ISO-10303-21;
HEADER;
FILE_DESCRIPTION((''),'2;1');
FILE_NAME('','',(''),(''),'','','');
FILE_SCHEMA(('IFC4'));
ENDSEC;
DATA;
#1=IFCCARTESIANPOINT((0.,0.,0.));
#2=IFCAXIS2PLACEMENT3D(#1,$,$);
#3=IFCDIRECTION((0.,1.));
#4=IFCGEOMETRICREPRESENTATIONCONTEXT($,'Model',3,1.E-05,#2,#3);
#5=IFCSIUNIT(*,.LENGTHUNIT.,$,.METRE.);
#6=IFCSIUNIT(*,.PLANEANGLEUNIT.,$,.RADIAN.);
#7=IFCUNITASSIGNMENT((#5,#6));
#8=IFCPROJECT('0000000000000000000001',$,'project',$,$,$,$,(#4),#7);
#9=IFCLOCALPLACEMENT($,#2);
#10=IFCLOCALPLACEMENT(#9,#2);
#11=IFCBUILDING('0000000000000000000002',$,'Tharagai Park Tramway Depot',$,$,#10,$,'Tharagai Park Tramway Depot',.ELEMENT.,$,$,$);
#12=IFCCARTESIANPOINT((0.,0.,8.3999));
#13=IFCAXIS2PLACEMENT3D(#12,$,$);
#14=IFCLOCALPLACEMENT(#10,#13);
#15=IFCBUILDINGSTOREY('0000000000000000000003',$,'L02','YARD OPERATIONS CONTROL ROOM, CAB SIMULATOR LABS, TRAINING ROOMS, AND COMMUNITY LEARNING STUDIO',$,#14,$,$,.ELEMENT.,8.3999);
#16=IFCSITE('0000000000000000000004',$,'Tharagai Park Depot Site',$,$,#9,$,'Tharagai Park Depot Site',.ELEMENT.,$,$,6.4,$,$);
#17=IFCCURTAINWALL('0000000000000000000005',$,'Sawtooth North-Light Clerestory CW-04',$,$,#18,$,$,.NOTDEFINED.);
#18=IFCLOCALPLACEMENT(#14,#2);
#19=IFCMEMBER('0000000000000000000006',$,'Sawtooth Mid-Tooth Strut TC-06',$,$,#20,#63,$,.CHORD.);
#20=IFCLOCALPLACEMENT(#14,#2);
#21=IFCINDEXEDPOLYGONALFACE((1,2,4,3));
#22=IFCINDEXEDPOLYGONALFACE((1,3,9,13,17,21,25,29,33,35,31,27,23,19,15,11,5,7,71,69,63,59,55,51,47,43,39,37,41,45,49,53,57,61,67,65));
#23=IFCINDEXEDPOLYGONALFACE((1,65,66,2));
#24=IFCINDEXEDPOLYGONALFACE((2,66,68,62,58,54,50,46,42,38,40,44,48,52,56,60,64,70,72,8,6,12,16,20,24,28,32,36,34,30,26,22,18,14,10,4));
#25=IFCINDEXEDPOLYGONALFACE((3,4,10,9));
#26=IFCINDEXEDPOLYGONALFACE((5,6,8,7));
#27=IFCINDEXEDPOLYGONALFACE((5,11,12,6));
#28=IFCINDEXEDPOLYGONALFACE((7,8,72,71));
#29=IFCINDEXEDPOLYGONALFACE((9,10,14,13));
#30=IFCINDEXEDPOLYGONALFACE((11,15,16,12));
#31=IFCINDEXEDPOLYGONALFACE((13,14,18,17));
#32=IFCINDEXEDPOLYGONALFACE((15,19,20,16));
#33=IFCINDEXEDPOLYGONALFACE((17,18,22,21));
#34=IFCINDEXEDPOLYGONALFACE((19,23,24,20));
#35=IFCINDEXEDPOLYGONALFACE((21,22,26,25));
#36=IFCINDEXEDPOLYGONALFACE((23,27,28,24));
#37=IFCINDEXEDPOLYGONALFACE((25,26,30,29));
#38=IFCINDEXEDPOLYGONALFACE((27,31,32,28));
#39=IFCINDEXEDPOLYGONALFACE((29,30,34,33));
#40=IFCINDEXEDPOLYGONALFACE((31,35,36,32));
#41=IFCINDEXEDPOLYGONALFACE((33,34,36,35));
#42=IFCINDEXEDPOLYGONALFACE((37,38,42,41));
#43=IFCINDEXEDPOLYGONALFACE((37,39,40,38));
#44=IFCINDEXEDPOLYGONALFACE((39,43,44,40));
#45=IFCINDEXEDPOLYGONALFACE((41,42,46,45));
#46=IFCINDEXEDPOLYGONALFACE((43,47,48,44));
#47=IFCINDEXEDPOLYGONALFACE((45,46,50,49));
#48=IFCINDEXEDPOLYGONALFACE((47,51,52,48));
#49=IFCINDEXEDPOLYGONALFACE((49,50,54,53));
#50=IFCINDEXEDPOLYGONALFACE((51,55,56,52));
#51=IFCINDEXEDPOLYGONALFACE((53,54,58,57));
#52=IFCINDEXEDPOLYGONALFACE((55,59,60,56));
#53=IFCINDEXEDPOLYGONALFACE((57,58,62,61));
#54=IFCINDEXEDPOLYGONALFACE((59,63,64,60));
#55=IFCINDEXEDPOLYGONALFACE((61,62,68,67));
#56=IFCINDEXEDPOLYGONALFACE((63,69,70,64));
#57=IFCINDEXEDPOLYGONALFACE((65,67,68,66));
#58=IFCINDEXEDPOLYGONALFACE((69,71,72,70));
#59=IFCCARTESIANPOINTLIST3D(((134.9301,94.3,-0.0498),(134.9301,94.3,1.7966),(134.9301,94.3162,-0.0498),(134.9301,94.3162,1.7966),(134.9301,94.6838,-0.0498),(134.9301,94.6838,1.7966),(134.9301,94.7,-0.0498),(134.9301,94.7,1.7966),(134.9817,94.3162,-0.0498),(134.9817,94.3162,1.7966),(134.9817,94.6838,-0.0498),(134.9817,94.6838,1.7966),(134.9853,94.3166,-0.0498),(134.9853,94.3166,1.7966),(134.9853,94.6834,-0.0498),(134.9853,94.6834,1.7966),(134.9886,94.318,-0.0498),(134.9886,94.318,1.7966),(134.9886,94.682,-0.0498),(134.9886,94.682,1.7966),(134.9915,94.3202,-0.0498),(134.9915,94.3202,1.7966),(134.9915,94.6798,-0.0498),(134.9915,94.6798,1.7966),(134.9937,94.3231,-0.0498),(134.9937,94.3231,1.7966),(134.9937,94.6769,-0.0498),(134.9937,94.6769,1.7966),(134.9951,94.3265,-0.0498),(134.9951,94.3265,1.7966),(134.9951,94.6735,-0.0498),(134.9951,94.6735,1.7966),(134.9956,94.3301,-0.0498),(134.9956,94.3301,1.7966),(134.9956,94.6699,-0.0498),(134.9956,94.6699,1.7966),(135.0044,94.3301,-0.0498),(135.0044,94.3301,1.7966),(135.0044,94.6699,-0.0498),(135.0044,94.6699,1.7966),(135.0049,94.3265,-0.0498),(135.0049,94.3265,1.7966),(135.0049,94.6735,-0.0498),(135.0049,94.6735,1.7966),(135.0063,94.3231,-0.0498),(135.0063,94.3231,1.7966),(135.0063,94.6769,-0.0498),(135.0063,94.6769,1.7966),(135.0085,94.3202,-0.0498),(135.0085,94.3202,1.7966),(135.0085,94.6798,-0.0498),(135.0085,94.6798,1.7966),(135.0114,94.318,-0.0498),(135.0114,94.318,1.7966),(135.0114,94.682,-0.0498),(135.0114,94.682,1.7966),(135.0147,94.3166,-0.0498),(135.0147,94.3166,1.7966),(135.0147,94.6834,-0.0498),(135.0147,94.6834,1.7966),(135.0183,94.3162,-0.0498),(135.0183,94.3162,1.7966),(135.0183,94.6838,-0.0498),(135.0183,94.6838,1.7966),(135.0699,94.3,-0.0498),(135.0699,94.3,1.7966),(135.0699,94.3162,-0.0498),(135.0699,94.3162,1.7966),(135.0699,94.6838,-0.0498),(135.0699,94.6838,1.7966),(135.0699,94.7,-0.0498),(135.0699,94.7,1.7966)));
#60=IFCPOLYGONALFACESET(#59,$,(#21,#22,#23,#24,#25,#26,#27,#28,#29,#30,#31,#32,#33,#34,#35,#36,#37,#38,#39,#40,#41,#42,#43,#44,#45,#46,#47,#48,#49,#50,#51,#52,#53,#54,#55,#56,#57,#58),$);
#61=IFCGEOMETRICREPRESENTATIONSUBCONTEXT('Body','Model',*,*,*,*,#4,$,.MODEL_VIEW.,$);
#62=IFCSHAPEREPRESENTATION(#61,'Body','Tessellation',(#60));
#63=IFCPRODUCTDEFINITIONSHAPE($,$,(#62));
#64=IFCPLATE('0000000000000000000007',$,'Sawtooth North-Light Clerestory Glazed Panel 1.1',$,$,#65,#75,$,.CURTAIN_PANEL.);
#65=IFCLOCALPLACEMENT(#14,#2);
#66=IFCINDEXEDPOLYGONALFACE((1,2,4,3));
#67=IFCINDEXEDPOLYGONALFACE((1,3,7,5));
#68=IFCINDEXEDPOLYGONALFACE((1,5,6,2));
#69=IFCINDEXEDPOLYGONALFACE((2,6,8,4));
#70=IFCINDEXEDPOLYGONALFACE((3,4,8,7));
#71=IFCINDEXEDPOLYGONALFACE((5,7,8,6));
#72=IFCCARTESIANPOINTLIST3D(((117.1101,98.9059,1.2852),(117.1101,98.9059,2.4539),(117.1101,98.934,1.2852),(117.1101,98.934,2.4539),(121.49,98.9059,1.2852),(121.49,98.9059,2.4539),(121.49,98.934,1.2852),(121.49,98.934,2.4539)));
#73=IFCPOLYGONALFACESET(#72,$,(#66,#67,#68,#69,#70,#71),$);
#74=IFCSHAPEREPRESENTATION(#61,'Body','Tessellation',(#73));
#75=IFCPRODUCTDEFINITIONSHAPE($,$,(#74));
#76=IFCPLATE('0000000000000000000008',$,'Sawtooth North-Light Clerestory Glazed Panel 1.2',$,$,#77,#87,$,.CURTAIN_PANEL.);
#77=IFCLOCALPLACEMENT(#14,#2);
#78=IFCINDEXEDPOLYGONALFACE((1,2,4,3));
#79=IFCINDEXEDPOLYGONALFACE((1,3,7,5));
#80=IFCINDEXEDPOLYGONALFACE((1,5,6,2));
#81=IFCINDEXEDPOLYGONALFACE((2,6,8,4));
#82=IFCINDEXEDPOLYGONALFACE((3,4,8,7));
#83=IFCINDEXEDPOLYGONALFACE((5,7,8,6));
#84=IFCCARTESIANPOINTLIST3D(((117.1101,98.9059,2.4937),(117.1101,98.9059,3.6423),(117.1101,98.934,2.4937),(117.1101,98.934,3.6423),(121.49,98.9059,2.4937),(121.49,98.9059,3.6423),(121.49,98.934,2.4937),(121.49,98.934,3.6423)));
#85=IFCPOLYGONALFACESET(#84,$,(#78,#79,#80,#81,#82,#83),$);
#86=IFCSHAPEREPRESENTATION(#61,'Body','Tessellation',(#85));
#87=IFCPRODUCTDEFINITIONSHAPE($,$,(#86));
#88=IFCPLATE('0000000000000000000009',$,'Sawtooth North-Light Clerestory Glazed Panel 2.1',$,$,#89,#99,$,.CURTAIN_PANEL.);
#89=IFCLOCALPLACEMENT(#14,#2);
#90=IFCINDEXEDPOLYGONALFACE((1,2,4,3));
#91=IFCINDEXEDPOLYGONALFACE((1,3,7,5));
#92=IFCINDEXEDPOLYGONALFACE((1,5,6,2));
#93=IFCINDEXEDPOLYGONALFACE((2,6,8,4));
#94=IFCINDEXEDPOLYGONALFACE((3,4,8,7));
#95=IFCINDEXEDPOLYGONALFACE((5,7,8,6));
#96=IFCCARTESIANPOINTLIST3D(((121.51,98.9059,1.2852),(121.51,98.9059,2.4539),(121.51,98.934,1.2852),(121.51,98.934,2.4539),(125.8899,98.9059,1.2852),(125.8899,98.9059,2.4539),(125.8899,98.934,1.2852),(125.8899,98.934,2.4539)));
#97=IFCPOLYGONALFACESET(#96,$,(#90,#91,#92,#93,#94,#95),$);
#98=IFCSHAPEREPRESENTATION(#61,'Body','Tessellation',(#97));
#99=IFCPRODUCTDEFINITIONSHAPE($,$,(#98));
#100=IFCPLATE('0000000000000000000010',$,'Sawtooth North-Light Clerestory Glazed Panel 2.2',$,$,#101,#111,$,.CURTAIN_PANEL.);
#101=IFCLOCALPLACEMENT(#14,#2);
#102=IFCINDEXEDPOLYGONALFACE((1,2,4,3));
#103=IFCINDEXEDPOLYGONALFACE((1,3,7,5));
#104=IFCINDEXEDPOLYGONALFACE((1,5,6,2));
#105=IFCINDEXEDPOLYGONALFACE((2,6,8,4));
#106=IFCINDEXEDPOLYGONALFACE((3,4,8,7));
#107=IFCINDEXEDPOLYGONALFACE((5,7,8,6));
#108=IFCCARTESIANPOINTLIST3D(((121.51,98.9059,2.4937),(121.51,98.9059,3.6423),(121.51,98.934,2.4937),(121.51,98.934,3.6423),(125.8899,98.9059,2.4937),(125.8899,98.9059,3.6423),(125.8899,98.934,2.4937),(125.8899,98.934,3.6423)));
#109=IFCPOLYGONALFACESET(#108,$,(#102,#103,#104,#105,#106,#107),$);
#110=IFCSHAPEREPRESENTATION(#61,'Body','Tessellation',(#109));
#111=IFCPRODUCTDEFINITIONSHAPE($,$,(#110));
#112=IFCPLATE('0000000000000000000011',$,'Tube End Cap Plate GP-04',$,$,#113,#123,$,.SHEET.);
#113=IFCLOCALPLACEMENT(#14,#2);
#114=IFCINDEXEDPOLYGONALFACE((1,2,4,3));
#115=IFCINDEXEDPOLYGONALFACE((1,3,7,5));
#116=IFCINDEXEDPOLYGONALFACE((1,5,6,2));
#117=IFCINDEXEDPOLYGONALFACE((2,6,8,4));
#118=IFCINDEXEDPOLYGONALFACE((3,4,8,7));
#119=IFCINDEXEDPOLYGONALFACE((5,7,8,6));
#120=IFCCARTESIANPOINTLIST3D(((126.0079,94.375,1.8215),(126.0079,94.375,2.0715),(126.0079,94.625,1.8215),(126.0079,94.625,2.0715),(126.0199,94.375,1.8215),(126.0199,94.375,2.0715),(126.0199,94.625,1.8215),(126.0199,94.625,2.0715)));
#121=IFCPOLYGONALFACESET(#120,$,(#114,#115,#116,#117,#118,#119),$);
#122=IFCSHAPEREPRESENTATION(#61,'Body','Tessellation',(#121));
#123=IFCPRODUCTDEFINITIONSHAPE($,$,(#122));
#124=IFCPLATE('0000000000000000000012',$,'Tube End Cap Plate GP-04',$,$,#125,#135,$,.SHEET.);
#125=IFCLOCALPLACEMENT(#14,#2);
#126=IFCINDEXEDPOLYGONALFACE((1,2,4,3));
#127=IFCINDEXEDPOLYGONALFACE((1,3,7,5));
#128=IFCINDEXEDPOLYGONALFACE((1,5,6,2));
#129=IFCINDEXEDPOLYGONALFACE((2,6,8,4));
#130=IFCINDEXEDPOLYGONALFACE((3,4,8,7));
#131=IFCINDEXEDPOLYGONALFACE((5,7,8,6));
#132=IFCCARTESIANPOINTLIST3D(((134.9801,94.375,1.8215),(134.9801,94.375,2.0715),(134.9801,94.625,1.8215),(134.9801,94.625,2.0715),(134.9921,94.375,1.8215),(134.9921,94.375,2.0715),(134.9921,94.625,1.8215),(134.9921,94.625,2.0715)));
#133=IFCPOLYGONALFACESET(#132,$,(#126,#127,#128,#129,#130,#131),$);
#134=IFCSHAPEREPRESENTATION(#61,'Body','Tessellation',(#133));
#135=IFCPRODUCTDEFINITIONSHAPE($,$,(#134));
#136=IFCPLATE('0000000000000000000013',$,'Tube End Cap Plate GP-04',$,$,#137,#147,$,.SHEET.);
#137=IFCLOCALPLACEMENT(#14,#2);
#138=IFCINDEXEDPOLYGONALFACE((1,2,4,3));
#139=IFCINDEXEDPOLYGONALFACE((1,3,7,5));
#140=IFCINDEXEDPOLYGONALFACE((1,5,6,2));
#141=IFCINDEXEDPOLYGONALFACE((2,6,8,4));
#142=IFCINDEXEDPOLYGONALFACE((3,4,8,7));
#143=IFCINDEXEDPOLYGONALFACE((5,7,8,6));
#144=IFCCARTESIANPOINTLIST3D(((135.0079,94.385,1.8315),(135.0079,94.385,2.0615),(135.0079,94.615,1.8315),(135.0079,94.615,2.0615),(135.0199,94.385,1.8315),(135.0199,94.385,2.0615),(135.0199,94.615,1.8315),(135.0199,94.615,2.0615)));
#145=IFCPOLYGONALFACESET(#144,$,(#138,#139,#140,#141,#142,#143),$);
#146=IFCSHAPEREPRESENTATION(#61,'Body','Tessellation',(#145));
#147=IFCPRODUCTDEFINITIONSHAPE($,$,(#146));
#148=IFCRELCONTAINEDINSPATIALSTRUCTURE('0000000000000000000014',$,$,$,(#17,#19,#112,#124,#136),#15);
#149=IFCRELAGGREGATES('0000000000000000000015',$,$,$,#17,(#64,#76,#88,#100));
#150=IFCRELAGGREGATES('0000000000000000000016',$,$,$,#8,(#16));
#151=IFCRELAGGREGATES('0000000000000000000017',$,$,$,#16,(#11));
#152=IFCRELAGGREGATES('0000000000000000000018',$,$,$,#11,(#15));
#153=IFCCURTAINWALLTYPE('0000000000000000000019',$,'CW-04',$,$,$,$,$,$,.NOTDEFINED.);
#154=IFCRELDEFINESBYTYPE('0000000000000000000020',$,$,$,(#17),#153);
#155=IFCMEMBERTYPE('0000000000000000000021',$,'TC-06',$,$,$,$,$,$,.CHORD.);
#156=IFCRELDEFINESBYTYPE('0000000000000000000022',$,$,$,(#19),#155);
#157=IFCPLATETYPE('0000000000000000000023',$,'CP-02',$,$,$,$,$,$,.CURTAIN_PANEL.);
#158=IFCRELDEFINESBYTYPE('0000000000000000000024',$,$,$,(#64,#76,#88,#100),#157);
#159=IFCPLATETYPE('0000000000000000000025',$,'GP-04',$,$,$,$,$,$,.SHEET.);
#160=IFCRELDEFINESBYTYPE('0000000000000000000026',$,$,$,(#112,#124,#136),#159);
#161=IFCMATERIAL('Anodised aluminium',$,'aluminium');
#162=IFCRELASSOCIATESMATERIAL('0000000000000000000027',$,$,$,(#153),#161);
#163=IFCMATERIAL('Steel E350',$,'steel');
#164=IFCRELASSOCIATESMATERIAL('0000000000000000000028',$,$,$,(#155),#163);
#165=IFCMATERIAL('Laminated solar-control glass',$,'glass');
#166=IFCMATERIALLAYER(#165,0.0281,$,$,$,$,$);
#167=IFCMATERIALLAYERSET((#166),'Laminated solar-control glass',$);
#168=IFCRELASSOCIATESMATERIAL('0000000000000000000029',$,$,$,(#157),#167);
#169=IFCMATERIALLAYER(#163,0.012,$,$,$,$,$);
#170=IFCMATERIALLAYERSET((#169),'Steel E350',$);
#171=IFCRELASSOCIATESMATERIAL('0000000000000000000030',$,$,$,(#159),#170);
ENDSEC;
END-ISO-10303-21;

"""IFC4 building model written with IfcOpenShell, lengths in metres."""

from ifc_helpers import new_model, si_unit, direction, frame, origin, origin_2d, place, context, subcontext, project, spatial, rectangle, i_section, extrude, material, layer, layer_set, material_profile, profile_set, type_object, element, aggregate, save


model = new_model("IFC4")

# Units and contexts
model_context = context("Model", 3, precision=1e-05, world=origin(), true_north=direction((0.0, 1.0)))
body_context = subcontext(model_context, "Body", "Model", "MODEL_VIEW")
ifc_project = project(units=[si_unit("LENGTHUNIT", "METRE"), si_unit("PLANEANGLEUNIT", "RADIAN")], contexts=[model_context])

# Site, building, storey
site_placement = place(None, origin())
site = spatial("IfcSite", under=ifc_project, at=site_placement, Name="Tharagai Park Depot Site", LongName="Tharagai Park Depot Site", CompositionType="ELEMENT", RefElevation=6.4)
building_placement = place(site_placement, origin())
building = spatial("IfcBuilding", under=site, at=building_placement, Name="Tharagai Park Tramway Depot", LongName="Tharagai Park Tramway Depot", CompositionType="ELEMENT")
storey_placement = place(building_placement, frame((0.0, 0.0, 8.3999)))
storey = spatial("IfcBuildingStorey", under=building, at=storey_placement, Name="L02", Description="YARD OPERATIONS CONTROL ROOM, CAB SIMULATOR LABS, TRAINING ROOMS, AND COMMUNITY LEARNING STUDIO", CompositionType="ELEMENT", Elevation=8.3999)

# Shared definitions
ifc_material_1 = material(Name="Steel E350", Category="steel")

# Curtain wall
ifc_material_2 = material(Name="Anodised aluminium", Category="aluminium")
curtain_wall_type = type_object("IfcCurtainWallType", Name="CW-04", PredefinedType="NOTDEFINED", material=ifc_material_2)
curtain_wall_1_placement = place(storey_placement, origin())
curtain_wall_1 = element("IfcCurtainWall", 1, at=curtain_wall_1_placement, inside=storey, type_object=curtain_wall_type, Name="Sawtooth North-Light Clerestory CW-04", PredefinedType="NOTDEFINED")

# Member
ifc_material_profile_1 = material_profile(ifc_material_1, i_section(OverallWidth=0.1399, OverallDepth=0.3999, WebThickness=0.0088, FlangeThickness=0.0161, FilletRadius=0.0139, at=origin_2d()), Name="ISMB 400")
ifc_profile_set_1 = profile_set([ifc_material_profile_1], Name="Steel E350")
member_type_1 = type_object("IfcMemberType", Name="TC-06", PredefinedType="CHORD", material=ifc_profile_set_1)
member_1_placement = place(storey_placement, frame((135.0, 94.5, -0.0498), z_axis=(0.0, 0.0, 1.0), x_axis=(1.0, 0.0, 0.0)))
element("IfcMember", 2, at=member_1_placement, inside=storey, type_object=member_type_1, Name="Sawtooth Mid-Tooth Strut TC-06", PredefinedType="CHORD", context=body_context, shape_type="SweptSolid", body=[
    extrude(i_section(OverallWidth=0.1399, OverallDepth=0.3999, WebThickness=0.0088, FlangeThickness=0.0161, FilletRadius=0.0139, at=origin_2d()), origin(), (0.0, 0.0, 1.0), 1.8464),
])

# Plates
ifc_material_3 = material(Name="Laminated solar-control glass", Category="glass")
ifc_layer_1 = layer(ifc_material_3, 0.0281)
ifc_layer_set_1 = layer_set([ifc_layer_1], Name="Laminated solar-control glass")
plate_type_1 = type_object("IfcPlateType", Name="CP-02", PredefinedType="CURTAIN_PANEL", material=ifc_layer_set_1)
plate_1_placement = place(storey_placement, frame((119.3, 98.9199, 1.2852), z_axis=(0.0, 0.0, 1.0), x_axis=(1.0, 0.0, 0.0)))
plate_1 = element("IfcPlate", 3, at=plate_1_placement, type_object=plate_type_1, Name="Sawtooth North-Light Clerestory Glazed Panel 1.1", PredefinedType="CURTAIN_PANEL", context=body_context, shape_type="SweptSolid", body=[
    extrude(rectangle(XDim=4.3799, YDim=0.0281, at=origin_2d()), origin(), (0.0, 0.0, 1.0), 1.1687),
])
plate_2_placement = place(storey_placement, frame((119.3, 98.9199, 2.4937), z_axis=(0.0, 0.0, 1.0), x_axis=(1.0, 0.0, 0.0)))
plate_2 = element("IfcPlate", 4, at=plate_2_placement, type_object=plate_type_1, Name="Sawtooth North-Light Clerestory Glazed Panel 1.2", PredefinedType="CURTAIN_PANEL", context=body_context, shape_type="SweptSolid", body=[
    extrude(rectangle(XDim=4.3799, YDim=0.0281, at=origin_2d()), origin(), (0.0, 0.0, 1.0), 1.1487),
])
plate_3_placement = place(storey_placement, frame((123.7, 98.9199, 1.2852), z_axis=(0.0, 0.0, 1.0), x_axis=(1.0, 0.0, 0.0)))
plate_3 = element("IfcPlate", 5, at=plate_3_placement, type_object=plate_type_1, Name="Sawtooth North-Light Clerestory Glazed Panel 2.1", PredefinedType="CURTAIN_PANEL", context=body_context, shape_type="SweptSolid", body=[
    extrude(rectangle(XDim=4.3799, YDim=0.0281, at=origin_2d()), origin(), (0.0, 0.0, 1.0), 1.1687),
])
plate_4_placement = place(storey_placement, frame((123.7, 98.9199, 2.4937), z_axis=(0.0, 0.0, 1.0), x_axis=(1.0, 0.0, 0.0)))
plate_4 = element("IfcPlate", 6, at=plate_4_placement, type_object=plate_type_1, Name="Sawtooth North-Light Clerestory Glazed Panel 2.2", PredefinedType="CURTAIN_PANEL", context=body_context, shape_type="SweptSolid", body=[
    extrude(rectangle(XDim=4.3799, YDim=0.0281, at=origin_2d()), origin(), (0.0, 0.0, 1.0), 1.1487),
])
aggregate(curtain_wall_1, [plate_1, plate_2, plate_3, plate_4])

# Plates
ifc_layer_2 = layer(ifc_material_1, 0.012)
ifc_layer_set_2 = layer_set([ifc_layer_2], Name="Steel E350")
plate_type_2 = type_object("IfcPlateType", Name="GP-04", PredefinedType="SHEET", material=ifc_layer_set_2)
for number, where, z_axis, x_axis, name in (
    (7, (126.0139, 94.5, 1.8215), (0.0, 0.0, 1.0), (1.0, 0.0, 0.0), "Tube End Cap Plate GP-04"),
    (8, (134.9861, 94.5, 1.8215), (0.0, 0.0, 1.0), (1.0, 0.0, 0.0), "Tube End Cap Plate GP-04"),
):
    element("IfcPlate", number, at=place(storey_placement, frame(where, z_axis=z_axis, x_axis=x_axis)), inside=storey, type_object=plate_type_2, Name=name, PredefinedType="SHEET", context=body_context, shape_type="SweptSolid", body=[
        extrude(rectangle(XDim=0.012, YDim=0.25, at=origin_2d()), origin(), (0.0, 0.0, 1.0), 0.25),
    ])
plate_5_placement = place(storey_placement, frame((135.0139, 94.5, 1.8315), z_axis=(0.0, 0.0, 1.0), x_axis=(1.0, 0.0, 0.0)))
element("IfcPlate", 9, at=plate_5_placement, inside=storey, type_object=plate_type_2, Name="Tube End Cap Plate GP-04", PredefinedType="SHEET", context=body_context, shape_type="SweptSolid", body=[
    extrude(rectangle(XDim=0.012, YDim=0.23, at=origin_2d()), origin(), (0.0, 0.0, 1.0), 0.23),
])

save(model, "model.ifc")
